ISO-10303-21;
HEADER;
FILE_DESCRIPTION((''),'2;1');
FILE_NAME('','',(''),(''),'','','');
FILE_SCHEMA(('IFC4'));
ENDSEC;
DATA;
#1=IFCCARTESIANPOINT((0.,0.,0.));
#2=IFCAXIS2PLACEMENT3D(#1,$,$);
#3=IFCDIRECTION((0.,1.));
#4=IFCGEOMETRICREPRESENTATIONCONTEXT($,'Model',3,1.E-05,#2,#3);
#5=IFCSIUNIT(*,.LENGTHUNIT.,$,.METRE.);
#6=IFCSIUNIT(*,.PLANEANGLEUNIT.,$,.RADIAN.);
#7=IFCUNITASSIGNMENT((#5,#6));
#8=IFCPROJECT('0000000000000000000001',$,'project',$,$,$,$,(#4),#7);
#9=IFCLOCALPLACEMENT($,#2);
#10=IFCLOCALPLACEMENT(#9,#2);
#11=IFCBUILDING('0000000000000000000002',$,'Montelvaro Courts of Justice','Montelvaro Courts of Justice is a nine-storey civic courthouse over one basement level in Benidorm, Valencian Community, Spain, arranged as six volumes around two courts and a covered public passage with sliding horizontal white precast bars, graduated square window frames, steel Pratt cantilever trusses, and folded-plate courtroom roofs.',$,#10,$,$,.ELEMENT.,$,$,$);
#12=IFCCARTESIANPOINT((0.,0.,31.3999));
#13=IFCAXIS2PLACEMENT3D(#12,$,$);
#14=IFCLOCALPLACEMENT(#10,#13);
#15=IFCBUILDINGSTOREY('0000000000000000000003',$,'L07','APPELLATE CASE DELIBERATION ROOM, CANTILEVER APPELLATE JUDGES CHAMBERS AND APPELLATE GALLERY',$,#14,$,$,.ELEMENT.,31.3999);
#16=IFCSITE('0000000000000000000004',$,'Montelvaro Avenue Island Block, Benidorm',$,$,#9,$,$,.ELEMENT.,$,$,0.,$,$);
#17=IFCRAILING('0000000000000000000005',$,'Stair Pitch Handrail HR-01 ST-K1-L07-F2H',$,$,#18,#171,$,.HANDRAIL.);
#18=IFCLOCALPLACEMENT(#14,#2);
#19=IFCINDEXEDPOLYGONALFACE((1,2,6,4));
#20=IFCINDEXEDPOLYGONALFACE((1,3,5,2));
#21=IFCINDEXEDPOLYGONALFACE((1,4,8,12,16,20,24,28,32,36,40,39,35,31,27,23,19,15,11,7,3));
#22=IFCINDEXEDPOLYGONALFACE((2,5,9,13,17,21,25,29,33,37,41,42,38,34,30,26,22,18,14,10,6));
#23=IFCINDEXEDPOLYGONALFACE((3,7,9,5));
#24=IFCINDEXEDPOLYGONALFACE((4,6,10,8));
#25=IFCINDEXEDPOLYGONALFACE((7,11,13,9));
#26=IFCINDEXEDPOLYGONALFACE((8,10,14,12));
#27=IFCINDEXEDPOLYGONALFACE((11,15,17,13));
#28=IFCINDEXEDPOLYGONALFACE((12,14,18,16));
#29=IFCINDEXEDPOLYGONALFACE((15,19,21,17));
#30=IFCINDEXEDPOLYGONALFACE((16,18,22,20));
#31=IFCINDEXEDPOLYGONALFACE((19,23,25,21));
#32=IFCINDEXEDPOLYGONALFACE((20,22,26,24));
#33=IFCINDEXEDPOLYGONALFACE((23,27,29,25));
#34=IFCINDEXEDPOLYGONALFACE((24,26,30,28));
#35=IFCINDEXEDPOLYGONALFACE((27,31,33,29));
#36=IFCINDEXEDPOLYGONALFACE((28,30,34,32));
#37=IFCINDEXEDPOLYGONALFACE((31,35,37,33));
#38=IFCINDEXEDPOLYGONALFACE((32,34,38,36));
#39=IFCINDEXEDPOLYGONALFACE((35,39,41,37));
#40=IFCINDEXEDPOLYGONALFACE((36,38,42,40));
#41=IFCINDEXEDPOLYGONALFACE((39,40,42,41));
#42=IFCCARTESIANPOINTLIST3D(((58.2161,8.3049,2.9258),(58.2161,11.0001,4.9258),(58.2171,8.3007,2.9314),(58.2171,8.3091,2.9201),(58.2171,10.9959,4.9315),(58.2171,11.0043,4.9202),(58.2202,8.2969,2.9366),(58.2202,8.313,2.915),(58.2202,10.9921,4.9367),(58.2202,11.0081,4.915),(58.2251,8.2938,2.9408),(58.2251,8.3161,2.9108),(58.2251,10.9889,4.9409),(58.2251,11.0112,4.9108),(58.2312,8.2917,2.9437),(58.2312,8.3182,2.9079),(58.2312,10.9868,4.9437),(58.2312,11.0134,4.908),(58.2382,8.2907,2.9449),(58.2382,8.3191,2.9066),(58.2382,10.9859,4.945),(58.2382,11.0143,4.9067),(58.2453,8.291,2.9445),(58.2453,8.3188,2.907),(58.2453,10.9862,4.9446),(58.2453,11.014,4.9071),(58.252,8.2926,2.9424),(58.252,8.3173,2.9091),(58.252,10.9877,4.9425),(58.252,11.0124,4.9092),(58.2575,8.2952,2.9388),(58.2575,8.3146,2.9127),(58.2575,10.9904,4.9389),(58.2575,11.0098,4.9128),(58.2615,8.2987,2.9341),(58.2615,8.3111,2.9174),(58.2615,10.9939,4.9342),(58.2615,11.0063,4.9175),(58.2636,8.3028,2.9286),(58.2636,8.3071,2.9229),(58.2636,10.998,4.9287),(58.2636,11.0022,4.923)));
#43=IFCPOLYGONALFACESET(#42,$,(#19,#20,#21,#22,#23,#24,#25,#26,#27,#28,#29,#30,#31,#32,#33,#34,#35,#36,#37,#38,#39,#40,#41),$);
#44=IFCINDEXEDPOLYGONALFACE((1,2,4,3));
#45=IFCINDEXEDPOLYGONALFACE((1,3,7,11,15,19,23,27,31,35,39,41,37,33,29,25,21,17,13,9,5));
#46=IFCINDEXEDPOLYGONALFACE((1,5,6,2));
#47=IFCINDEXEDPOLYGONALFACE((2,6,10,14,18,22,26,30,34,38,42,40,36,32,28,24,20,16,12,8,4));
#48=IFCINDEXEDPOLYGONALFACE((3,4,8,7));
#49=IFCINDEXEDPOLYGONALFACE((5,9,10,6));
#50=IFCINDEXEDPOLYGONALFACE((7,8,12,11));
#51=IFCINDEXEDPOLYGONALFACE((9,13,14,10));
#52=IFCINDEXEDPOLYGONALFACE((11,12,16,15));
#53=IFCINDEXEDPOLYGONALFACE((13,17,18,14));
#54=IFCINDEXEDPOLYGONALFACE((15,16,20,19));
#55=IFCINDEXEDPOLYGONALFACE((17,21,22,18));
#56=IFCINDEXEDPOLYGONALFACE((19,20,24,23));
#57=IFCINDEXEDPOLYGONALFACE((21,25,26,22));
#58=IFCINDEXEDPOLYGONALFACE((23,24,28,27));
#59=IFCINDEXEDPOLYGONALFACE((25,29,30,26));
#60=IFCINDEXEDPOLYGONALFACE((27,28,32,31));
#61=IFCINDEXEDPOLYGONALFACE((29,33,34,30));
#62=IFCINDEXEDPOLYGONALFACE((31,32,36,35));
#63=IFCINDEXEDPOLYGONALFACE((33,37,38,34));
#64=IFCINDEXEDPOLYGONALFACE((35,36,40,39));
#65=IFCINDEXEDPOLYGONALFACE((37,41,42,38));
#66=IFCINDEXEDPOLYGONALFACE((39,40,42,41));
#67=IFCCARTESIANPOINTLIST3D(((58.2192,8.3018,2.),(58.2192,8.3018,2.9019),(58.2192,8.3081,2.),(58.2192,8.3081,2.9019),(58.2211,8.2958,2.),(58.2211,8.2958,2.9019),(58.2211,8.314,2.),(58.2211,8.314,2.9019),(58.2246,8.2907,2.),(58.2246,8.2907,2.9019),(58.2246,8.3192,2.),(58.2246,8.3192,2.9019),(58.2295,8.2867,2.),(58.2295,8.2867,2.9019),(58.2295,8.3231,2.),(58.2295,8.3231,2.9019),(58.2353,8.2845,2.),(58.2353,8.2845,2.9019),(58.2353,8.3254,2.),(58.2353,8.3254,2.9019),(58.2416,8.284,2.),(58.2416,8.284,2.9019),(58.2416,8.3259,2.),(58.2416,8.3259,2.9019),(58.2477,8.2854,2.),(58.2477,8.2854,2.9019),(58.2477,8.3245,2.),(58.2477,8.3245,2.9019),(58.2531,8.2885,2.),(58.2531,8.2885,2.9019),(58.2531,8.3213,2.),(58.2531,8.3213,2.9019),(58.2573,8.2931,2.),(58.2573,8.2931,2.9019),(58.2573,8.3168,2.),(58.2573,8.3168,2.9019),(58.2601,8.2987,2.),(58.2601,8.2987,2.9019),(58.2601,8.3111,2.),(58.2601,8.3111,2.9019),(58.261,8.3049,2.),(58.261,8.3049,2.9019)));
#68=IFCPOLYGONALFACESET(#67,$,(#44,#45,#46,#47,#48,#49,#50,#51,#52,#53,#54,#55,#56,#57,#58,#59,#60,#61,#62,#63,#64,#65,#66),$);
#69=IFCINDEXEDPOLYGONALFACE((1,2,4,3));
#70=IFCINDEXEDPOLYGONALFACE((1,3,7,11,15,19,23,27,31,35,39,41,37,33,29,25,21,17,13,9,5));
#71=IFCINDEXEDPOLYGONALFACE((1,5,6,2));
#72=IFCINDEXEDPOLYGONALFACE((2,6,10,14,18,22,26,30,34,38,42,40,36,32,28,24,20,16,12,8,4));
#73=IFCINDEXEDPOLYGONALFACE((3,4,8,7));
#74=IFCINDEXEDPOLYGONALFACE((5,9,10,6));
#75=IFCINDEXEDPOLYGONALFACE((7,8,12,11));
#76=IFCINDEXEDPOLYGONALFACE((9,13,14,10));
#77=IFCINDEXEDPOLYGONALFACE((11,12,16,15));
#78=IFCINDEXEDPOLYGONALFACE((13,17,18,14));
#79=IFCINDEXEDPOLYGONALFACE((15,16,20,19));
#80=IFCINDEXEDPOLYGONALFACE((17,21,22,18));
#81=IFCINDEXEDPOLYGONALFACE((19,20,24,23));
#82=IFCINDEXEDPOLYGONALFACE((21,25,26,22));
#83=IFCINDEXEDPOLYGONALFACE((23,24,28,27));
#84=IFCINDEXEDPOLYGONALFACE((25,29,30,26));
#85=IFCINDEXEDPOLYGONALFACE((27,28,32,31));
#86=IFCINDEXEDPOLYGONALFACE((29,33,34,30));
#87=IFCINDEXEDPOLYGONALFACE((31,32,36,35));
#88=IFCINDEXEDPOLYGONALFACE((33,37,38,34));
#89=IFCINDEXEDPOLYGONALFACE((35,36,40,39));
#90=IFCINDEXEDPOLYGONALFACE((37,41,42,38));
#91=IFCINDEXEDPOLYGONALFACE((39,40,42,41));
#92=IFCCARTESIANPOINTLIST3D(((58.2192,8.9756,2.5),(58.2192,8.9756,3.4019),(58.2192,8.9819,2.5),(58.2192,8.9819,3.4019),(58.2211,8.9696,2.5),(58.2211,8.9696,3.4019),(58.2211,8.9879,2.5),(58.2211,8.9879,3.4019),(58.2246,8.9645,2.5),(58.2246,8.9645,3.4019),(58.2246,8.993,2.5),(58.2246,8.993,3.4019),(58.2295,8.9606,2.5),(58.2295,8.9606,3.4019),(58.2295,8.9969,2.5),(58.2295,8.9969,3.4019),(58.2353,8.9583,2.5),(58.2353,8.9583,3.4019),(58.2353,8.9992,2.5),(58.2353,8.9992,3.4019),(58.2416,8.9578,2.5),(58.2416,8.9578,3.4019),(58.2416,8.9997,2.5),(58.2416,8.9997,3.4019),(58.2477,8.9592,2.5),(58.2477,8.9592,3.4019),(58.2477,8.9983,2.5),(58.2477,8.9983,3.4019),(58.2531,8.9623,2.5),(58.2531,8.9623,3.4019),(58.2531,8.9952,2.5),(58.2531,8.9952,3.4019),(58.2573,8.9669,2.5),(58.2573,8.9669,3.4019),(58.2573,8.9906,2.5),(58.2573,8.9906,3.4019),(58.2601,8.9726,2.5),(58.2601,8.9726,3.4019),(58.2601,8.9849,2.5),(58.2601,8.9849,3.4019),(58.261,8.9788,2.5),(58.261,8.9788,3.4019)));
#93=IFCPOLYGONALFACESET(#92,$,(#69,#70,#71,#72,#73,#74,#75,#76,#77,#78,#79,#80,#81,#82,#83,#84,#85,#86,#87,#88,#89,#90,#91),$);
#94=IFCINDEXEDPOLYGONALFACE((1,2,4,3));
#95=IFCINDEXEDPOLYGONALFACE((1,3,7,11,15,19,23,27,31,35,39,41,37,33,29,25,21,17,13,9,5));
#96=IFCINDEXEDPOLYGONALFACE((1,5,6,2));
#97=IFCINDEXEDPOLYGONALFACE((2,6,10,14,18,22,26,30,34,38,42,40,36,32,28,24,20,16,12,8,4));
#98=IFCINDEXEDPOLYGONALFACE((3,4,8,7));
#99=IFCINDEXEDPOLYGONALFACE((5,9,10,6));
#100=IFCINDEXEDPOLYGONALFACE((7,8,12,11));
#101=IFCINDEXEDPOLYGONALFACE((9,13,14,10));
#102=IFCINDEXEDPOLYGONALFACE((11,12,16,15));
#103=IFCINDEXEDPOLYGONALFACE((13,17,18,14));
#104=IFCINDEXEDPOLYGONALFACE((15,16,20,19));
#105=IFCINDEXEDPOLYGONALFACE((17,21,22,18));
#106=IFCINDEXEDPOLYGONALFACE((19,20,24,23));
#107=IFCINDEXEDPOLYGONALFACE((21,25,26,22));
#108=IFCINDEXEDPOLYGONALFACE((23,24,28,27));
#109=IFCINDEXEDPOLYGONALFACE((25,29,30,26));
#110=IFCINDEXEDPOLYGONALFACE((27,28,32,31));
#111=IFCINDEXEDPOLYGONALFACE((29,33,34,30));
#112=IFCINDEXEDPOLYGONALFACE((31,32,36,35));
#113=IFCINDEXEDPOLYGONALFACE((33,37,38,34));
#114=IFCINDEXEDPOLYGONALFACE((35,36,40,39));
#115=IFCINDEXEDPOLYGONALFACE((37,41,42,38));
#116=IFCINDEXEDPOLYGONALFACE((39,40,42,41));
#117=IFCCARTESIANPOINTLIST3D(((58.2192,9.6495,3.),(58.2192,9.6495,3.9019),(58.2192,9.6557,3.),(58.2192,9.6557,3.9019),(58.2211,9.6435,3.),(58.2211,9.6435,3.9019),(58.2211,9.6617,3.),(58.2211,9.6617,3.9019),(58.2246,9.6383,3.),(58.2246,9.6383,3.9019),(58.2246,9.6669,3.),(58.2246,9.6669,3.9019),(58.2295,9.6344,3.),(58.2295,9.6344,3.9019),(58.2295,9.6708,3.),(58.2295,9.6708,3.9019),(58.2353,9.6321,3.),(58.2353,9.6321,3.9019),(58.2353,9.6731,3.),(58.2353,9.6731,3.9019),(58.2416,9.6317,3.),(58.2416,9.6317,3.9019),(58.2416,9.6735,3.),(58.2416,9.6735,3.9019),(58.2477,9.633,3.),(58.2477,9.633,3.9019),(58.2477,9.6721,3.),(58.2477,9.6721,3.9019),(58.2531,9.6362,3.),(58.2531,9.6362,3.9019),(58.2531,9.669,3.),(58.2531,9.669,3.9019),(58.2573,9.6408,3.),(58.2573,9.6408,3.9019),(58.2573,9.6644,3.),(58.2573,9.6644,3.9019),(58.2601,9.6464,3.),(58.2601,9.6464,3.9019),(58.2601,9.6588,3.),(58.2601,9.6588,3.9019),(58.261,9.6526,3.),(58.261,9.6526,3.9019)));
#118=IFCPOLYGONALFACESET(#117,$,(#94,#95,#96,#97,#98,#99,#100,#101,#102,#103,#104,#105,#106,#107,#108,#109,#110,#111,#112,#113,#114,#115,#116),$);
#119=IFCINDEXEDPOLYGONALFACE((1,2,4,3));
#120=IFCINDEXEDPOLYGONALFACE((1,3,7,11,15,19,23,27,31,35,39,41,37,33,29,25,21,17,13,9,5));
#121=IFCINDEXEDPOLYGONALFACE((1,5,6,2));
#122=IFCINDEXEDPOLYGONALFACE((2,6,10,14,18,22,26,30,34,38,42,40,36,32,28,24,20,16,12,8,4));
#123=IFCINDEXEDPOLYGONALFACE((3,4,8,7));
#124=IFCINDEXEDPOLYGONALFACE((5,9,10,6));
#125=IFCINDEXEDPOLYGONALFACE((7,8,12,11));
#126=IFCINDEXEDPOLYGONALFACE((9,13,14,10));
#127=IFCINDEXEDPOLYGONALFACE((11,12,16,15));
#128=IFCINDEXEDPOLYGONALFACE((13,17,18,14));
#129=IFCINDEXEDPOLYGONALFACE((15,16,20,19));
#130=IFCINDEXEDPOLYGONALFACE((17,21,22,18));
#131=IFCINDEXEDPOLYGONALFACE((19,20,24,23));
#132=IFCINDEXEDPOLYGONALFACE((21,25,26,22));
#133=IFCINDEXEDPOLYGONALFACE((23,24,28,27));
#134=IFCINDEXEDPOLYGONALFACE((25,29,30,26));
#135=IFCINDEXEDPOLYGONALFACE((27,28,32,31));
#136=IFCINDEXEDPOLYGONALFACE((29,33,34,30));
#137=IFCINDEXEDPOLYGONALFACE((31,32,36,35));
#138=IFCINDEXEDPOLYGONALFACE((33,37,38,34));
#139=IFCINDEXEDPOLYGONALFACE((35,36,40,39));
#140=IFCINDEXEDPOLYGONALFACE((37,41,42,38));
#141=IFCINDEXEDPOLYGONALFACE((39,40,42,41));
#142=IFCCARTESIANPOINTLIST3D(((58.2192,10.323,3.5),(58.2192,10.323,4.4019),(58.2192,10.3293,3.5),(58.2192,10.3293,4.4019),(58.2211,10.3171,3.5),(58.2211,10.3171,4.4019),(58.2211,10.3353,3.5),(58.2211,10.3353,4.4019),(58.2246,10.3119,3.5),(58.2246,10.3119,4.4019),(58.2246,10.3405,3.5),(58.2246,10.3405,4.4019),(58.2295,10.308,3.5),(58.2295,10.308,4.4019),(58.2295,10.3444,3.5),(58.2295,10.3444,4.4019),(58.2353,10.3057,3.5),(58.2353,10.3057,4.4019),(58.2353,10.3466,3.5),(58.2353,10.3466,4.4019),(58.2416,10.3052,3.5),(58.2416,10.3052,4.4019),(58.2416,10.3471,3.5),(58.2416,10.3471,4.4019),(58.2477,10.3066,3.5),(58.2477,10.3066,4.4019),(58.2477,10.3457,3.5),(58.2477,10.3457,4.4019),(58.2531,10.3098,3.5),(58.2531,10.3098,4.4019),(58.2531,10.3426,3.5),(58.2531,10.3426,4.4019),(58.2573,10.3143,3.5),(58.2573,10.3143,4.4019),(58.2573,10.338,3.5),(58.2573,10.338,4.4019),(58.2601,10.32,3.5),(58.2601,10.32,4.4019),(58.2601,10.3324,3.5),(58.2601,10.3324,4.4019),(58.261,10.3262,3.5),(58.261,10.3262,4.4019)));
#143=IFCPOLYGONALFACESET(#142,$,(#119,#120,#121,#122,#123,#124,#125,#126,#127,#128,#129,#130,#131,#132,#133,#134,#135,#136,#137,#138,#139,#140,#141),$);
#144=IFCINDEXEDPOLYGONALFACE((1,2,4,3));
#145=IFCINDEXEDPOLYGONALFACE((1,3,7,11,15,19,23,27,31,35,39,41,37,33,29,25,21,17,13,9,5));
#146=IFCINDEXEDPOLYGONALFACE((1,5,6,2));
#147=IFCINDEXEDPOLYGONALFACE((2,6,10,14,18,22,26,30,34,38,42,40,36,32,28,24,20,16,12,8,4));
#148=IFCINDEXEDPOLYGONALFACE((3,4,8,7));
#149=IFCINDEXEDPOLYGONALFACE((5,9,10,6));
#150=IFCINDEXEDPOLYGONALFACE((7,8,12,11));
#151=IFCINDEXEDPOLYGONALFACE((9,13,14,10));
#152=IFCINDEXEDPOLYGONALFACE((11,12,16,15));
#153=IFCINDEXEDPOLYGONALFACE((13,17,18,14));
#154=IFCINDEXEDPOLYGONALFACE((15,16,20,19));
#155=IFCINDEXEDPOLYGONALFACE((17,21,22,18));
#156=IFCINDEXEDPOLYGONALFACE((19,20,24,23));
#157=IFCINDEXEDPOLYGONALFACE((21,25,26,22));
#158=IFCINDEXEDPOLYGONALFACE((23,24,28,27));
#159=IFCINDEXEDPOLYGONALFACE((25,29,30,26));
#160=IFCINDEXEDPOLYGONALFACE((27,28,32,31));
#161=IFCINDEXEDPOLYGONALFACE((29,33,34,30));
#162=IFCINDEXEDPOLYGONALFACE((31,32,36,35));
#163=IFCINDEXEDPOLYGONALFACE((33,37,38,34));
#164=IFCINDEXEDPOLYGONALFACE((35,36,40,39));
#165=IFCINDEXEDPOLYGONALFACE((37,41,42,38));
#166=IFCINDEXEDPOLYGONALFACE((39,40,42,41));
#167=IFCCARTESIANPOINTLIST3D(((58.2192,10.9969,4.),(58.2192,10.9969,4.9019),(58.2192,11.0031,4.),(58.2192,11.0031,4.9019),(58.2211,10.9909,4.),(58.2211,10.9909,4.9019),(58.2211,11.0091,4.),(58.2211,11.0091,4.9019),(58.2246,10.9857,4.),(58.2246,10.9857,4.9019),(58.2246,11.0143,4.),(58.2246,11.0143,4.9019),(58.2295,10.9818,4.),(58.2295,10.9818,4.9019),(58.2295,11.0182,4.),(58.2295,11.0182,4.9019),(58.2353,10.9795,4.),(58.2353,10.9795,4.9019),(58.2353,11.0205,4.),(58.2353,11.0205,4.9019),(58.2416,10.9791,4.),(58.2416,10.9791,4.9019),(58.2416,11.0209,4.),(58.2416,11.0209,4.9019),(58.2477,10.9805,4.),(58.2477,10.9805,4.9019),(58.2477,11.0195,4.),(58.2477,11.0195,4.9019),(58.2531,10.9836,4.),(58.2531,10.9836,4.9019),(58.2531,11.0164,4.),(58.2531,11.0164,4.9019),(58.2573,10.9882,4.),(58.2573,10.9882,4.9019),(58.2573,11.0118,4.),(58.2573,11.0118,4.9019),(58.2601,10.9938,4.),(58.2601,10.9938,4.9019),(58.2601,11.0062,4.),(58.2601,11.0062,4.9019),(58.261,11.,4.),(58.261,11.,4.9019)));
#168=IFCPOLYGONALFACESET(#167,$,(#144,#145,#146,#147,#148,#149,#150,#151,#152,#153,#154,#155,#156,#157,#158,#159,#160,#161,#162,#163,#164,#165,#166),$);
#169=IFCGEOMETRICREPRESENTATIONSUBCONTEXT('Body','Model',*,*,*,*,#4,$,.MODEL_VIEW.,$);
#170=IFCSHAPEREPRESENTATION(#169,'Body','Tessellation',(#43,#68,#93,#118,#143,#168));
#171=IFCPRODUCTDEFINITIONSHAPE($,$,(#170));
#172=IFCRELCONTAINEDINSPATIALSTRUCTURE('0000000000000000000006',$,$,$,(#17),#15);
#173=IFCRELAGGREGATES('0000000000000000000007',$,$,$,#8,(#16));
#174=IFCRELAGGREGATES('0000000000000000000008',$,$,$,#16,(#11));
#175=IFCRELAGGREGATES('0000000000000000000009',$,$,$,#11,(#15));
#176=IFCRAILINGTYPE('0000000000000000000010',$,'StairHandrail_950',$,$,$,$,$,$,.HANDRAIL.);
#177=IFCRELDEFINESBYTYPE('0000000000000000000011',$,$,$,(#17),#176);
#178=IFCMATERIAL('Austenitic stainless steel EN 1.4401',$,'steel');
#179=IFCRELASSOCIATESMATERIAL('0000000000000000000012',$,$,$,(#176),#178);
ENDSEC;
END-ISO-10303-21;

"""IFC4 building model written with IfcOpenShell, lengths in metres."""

from ifc_helpers import new_model, si_unit, direction, frame, origin, origin_2d, place, context, subcontext, project, spatial, circle, extrude, material, type_object, element, save


model = new_model("IFC4")

# Units and contexts
model_context = context("Model", 3, precision=1e-05, world=origin(), true_north=direction((0.0, 1.0)))
body_context = subcontext(model_context, "Body", "Model", "MODEL_VIEW")
ifc_project = project(units=[si_unit("LENGTHUNIT", "METRE"), si_unit("PLANEANGLEUNIT", "RADIAN")], contexts=[model_context])

# Site, building, storey
site_placement = place(None, origin())
site = spatial("IfcSite", under=ifc_project, at=site_placement, Name="Montelvaro Avenue Island Block, Benidorm", CompositionType="ELEMENT", RefElevation=0.0)
building_placement = place(site_placement, origin())
building = spatial("IfcBuilding", under=site, at=building_placement, Name="Montelvaro Courts of Justice", Description="Montelvaro Courts of Justice is a nine-storey civic courthouse over one basement level in Benidorm, Valencian Community, Spain, arranged as six volumes around two courts and a covered public passage with sliding horizontal white precast bars, graduated square window frames, steel Pratt cantilever trusses, and folded-plate courtroom roofs.", CompositionType="ELEMENT")
storey_placement = place(building_placement, frame((0.0, 0.0, 31.3999)))
storey = spatial("IfcBuildingStorey", under=building, at=storey_placement, Name="L07", Description="APPELLATE CASE DELIBERATION ROOM, CANTILEVER APPELLATE JUDGES CHAMBERS AND APPELLATE GALLERY", CompositionType="ELEMENT", Elevation=31.3999)

# Railing
ifc_material_1 = material(Name="Austenitic stainless steel EN 1.4401", Category="steel")
railing_type_1 = type_object("IfcRailingType", Name="StairHandrail_950", PredefinedType="HANDRAIL", material=ifc_material_1)
railing_1_placement = place(storey_placement, frame((58.24, 8.3049, 2.0)))
element("IfcRailing", 1, at=railing_1_placement, inside=storey, type_object=railing_type_1, Name="Stair Pitch Handrail HR-01 ST-K1-L07-F2H", PredefinedType="HANDRAIL", context=body_context, shape_type="SweptSolid", body=[
    extrude(circle(Radius=0.0239, at=origin_2d()), frame((0.0, 0.0, 0.9258), z_axis=(0.0, 0.803036, 0.59593), x_axis=(-1.0, 0.0, 0.0)), (0.0, 0.0, 1.0), 3.3562),
    extrude(circle(Radius=0.021, at=origin_2d()), origin(), (0.0, 0.0, 1.0), 0.9019),
    extrude(circle(Radius=0.021, at=origin_2d()), frame((0.0, 0.6738, 0.5)), (0.0, 0.0, 1.0), 0.9019),
    extrude(circle(Radius=0.021, at=origin_2d()), frame((0.0, 1.3477, 1.0)), (0.0, 0.0, 1.0), 0.9019),
    extrude(circle(Radius=0.021, at=origin_2d()), frame((0.0, 2.0212, 1.5)), (0.0, 0.0, 1.0), 0.9019),
    extrude(circle(Radius=0.021, at=origin_2d()), frame((0.0, 2.6951, 2.0)), (0.0, 0.0, 1.0), 0.9019),
])

save(model, "model.ifc")
